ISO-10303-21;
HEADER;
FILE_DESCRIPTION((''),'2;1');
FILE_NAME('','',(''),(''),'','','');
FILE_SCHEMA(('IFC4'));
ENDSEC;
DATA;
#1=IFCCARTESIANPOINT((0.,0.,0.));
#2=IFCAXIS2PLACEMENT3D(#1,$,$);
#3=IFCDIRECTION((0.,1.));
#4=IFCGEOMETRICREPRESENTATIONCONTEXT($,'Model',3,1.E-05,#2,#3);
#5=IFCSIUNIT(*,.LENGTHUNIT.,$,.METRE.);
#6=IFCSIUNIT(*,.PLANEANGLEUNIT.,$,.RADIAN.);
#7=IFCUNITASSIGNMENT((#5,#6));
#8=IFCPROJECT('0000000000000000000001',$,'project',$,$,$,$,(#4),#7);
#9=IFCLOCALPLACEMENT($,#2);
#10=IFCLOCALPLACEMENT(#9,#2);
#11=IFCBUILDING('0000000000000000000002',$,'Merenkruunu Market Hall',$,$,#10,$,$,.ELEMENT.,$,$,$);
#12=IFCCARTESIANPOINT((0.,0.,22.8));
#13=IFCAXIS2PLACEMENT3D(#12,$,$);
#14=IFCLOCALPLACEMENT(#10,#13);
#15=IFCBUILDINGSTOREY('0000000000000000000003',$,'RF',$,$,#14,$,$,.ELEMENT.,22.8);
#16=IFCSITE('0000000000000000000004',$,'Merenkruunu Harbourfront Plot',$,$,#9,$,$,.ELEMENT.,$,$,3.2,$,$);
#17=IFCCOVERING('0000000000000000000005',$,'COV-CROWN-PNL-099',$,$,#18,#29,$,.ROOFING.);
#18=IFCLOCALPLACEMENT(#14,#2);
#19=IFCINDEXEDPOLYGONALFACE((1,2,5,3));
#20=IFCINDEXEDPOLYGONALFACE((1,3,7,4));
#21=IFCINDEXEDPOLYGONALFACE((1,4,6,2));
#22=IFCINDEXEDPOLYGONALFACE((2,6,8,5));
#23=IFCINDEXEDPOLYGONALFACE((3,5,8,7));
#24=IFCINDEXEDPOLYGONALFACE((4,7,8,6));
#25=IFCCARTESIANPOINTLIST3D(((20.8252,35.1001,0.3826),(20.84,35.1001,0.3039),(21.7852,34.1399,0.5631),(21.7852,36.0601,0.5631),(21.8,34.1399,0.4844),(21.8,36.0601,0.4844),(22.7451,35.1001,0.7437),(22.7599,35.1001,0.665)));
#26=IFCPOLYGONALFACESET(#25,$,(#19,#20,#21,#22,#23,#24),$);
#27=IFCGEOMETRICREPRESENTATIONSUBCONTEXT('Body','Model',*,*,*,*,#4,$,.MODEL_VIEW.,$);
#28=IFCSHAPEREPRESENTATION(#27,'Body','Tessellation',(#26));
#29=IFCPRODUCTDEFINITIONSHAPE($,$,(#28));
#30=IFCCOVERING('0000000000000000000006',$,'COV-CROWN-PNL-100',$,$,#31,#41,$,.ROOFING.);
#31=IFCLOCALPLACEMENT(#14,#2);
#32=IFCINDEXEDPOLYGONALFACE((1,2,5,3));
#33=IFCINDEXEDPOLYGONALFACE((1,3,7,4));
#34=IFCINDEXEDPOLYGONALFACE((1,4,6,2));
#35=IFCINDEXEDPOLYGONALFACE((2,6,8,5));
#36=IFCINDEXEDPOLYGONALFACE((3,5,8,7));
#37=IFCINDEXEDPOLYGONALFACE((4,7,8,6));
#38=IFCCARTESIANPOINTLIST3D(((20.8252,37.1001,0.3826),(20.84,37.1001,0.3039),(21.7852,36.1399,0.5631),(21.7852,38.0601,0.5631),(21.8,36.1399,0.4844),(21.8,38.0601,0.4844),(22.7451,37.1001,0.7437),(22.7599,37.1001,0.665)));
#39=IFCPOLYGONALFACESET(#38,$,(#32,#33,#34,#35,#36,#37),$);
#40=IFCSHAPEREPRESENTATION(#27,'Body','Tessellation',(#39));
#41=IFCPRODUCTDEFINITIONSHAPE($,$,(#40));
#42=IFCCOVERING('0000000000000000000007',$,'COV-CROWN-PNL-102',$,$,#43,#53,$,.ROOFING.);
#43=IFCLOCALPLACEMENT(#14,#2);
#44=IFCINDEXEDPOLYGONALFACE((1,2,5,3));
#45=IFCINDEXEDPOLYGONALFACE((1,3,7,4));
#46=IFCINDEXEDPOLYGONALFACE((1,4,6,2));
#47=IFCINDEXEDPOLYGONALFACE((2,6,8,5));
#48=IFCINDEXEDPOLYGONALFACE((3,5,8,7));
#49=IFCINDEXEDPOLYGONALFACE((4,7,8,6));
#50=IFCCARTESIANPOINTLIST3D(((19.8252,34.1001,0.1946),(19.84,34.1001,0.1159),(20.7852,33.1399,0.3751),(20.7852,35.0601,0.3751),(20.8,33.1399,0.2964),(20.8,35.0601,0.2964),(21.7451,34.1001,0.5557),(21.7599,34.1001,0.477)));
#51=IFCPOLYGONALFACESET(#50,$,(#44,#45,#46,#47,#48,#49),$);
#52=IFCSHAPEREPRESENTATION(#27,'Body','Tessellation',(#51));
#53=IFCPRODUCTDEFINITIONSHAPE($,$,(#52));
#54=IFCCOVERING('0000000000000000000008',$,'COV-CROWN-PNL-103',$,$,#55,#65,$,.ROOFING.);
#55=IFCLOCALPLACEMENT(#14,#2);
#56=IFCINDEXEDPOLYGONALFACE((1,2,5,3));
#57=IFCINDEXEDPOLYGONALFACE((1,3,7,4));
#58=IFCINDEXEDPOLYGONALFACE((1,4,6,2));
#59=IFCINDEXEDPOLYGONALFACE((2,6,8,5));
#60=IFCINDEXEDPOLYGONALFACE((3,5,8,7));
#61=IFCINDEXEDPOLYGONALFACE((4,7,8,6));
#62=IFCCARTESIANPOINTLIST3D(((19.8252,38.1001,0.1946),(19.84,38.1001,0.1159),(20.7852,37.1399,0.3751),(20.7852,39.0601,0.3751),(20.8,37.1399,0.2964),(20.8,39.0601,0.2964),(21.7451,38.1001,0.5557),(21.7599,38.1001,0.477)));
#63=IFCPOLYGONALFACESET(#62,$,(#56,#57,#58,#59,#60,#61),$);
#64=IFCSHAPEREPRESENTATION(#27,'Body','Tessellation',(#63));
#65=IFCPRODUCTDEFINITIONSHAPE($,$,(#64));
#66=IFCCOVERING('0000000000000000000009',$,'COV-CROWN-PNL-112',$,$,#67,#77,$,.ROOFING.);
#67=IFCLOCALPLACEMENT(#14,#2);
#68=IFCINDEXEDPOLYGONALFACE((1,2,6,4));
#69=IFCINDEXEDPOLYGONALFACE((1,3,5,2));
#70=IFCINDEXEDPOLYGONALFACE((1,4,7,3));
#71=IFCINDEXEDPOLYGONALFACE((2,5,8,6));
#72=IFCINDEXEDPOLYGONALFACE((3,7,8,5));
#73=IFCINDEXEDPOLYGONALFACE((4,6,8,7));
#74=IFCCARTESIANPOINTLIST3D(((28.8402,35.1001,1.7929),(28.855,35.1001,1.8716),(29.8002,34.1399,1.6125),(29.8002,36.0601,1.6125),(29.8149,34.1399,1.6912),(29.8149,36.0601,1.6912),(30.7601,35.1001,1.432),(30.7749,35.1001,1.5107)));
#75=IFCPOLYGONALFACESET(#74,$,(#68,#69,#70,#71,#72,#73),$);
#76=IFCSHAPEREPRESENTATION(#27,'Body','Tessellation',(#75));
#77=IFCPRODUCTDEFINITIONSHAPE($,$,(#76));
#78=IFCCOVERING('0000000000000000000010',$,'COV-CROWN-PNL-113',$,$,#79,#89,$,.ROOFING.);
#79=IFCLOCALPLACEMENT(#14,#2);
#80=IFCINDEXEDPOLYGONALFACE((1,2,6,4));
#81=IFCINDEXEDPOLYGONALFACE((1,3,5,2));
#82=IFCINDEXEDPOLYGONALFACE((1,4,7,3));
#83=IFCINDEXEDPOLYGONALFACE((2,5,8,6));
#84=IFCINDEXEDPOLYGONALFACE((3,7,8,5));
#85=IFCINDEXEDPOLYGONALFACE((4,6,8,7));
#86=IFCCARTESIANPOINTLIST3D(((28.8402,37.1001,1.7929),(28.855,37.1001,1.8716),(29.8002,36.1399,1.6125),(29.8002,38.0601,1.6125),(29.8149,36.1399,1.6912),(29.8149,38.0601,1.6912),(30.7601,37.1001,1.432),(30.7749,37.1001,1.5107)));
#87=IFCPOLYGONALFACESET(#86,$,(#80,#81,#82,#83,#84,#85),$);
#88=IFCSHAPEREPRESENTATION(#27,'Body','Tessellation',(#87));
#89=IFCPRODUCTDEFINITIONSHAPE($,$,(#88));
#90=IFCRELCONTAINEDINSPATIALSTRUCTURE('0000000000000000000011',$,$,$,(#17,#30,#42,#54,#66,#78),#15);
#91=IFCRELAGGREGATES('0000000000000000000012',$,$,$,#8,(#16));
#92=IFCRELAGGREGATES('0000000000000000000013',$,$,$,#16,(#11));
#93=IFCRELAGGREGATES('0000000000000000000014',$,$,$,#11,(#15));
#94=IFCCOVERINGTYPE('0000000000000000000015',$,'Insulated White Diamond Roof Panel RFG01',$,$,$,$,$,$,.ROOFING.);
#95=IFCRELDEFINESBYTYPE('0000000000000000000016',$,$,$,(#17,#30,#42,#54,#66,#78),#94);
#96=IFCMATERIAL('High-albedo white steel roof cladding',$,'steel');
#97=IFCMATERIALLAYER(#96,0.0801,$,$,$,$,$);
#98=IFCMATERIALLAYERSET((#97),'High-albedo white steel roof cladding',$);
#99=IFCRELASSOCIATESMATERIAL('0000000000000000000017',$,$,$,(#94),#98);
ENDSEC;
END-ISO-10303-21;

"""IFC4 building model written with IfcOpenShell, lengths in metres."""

from ifc_helpers import new_model, si_unit, direction, frame, origin, place, context, subcontext, project, spatial, polyline, outline, extrude, material, layer, layer_set, type_object, element, save


model = new_model("IFC4")

# Units and contexts
model_context = context("Model", 3, precision=1e-05, world=origin(), true_north=direction((0.0, 1.0)))
body_context = subcontext(model_context, "Body", "Model", "MODEL_VIEW")
ifc_project = project(units=[si_unit("LENGTHUNIT", "METRE"), si_unit("PLANEANGLEUNIT", "RADIAN")], contexts=[model_context])

# Site, building, storey
site_placement = place(None, origin())
site = spatial("IfcSite", under=ifc_project, at=site_placement, Name="Merenkruunu Harbourfront Plot", CompositionType="ELEMENT", RefElevation=3.2)
building_placement = place(site_placement, origin())
building = spatial("IfcBuilding", under=site, at=building_placement, Name="Merenkruunu Market Hall", CompositionType="ELEMENT")
storey_placement = place(building_placement, frame((0.0, 0.0, 22.8)))
storey = spatial("IfcBuildingStorey", under=building, at=storey_placement, Name="RF", CompositionType="ELEMENT", Elevation=22.8)

# Coverings
ifc_material_1 = material(Name="High-albedo white steel roof cladding", Category="steel")
ifc_layer_1 = layer(ifc_material_1, 0.0801)
ifc_layer_set_1 = layer_set([ifc_layer_1], Name="High-albedo white steel roof cladding")
covering_type = type_object("IfcCoveringType", Name="Insulated White Diamond Roof Panel RFG01", PredefinedType="ROOFING", material=ifc_layer_set_1)
for number, where, z_axis, x_axis, name in (
    (1, (20.8252, 35.1001, 0.3826), (-0.184832, 0.0, 0.98277), (0.700856, -0.701018, 0.131812), "COV-CROWN-PNL-099"),
    (2, (20.8252, 37.1001, 0.3826), (-0.184832, 0.0, 0.98277), (0.700856, -0.701018, 0.131812), "COV-CROWN-PNL-100"),
    (3, (19.8252, 34.1001, 0.1946), (-0.184832, 0.0, 0.98277), (0.700856, -0.701018, 0.131812), "COV-CROWN-PNL-102"),
    (4, (19.8252, 38.1001, 0.1946), (-0.184832, 0.0, 0.98277), (0.700856, -0.701018, 0.131812), "COV-CROWN-PNL-103"),
):
    element("IfcCovering", number, at=place(storey_placement, frame(where, z_axis=z_axis, x_axis=x_axis)), inside=storey, type_object=covering_type, Name=name, PredefinedType="ROOFING", context=body_context, shape_type="SweptSolid", body=[
        extrude(outline(polyline([(0.0, 0.0), (1.3697, 0.0), (1.3932, 1.3695), (0.0237, 1.3694), (0.0, 0.0)])), origin(), (0.0, 0.0, -1.0), 0.0801),
    ])
for number, where, z_axis, x_axis, name in (
    (5, (28.855, 35.1001, 1.8716), (0.184711, 0.0, 0.982793), (0.700856, -0.701035, -0.131722), "COV-CROWN-PNL-112"),
    (6, (28.855, 37.1001, 1.8716), (0.184711, 0.0, 0.982793), (0.700856, -0.701035, -0.131722), "COV-CROWN-PNL-113"),
):
    element("IfcCovering", number, at=place(storey_placement, frame(where, z_axis=z_axis, x_axis=x_axis)), inside=storey, type_object=covering_type, Name=name, PredefinedType="ROOFING", context=body_context, shape_type="SweptSolid", body=[
        extrude(outline(polyline([(0.0, 0.0), (1.3697, 0.0), (1.3931, 1.3695), (0.0236, 1.3693), (0.0, 0.0)])), origin(), (0.0, 0.0, -1.0), 0.0801),
    ])

save(model, "model.ifc")
